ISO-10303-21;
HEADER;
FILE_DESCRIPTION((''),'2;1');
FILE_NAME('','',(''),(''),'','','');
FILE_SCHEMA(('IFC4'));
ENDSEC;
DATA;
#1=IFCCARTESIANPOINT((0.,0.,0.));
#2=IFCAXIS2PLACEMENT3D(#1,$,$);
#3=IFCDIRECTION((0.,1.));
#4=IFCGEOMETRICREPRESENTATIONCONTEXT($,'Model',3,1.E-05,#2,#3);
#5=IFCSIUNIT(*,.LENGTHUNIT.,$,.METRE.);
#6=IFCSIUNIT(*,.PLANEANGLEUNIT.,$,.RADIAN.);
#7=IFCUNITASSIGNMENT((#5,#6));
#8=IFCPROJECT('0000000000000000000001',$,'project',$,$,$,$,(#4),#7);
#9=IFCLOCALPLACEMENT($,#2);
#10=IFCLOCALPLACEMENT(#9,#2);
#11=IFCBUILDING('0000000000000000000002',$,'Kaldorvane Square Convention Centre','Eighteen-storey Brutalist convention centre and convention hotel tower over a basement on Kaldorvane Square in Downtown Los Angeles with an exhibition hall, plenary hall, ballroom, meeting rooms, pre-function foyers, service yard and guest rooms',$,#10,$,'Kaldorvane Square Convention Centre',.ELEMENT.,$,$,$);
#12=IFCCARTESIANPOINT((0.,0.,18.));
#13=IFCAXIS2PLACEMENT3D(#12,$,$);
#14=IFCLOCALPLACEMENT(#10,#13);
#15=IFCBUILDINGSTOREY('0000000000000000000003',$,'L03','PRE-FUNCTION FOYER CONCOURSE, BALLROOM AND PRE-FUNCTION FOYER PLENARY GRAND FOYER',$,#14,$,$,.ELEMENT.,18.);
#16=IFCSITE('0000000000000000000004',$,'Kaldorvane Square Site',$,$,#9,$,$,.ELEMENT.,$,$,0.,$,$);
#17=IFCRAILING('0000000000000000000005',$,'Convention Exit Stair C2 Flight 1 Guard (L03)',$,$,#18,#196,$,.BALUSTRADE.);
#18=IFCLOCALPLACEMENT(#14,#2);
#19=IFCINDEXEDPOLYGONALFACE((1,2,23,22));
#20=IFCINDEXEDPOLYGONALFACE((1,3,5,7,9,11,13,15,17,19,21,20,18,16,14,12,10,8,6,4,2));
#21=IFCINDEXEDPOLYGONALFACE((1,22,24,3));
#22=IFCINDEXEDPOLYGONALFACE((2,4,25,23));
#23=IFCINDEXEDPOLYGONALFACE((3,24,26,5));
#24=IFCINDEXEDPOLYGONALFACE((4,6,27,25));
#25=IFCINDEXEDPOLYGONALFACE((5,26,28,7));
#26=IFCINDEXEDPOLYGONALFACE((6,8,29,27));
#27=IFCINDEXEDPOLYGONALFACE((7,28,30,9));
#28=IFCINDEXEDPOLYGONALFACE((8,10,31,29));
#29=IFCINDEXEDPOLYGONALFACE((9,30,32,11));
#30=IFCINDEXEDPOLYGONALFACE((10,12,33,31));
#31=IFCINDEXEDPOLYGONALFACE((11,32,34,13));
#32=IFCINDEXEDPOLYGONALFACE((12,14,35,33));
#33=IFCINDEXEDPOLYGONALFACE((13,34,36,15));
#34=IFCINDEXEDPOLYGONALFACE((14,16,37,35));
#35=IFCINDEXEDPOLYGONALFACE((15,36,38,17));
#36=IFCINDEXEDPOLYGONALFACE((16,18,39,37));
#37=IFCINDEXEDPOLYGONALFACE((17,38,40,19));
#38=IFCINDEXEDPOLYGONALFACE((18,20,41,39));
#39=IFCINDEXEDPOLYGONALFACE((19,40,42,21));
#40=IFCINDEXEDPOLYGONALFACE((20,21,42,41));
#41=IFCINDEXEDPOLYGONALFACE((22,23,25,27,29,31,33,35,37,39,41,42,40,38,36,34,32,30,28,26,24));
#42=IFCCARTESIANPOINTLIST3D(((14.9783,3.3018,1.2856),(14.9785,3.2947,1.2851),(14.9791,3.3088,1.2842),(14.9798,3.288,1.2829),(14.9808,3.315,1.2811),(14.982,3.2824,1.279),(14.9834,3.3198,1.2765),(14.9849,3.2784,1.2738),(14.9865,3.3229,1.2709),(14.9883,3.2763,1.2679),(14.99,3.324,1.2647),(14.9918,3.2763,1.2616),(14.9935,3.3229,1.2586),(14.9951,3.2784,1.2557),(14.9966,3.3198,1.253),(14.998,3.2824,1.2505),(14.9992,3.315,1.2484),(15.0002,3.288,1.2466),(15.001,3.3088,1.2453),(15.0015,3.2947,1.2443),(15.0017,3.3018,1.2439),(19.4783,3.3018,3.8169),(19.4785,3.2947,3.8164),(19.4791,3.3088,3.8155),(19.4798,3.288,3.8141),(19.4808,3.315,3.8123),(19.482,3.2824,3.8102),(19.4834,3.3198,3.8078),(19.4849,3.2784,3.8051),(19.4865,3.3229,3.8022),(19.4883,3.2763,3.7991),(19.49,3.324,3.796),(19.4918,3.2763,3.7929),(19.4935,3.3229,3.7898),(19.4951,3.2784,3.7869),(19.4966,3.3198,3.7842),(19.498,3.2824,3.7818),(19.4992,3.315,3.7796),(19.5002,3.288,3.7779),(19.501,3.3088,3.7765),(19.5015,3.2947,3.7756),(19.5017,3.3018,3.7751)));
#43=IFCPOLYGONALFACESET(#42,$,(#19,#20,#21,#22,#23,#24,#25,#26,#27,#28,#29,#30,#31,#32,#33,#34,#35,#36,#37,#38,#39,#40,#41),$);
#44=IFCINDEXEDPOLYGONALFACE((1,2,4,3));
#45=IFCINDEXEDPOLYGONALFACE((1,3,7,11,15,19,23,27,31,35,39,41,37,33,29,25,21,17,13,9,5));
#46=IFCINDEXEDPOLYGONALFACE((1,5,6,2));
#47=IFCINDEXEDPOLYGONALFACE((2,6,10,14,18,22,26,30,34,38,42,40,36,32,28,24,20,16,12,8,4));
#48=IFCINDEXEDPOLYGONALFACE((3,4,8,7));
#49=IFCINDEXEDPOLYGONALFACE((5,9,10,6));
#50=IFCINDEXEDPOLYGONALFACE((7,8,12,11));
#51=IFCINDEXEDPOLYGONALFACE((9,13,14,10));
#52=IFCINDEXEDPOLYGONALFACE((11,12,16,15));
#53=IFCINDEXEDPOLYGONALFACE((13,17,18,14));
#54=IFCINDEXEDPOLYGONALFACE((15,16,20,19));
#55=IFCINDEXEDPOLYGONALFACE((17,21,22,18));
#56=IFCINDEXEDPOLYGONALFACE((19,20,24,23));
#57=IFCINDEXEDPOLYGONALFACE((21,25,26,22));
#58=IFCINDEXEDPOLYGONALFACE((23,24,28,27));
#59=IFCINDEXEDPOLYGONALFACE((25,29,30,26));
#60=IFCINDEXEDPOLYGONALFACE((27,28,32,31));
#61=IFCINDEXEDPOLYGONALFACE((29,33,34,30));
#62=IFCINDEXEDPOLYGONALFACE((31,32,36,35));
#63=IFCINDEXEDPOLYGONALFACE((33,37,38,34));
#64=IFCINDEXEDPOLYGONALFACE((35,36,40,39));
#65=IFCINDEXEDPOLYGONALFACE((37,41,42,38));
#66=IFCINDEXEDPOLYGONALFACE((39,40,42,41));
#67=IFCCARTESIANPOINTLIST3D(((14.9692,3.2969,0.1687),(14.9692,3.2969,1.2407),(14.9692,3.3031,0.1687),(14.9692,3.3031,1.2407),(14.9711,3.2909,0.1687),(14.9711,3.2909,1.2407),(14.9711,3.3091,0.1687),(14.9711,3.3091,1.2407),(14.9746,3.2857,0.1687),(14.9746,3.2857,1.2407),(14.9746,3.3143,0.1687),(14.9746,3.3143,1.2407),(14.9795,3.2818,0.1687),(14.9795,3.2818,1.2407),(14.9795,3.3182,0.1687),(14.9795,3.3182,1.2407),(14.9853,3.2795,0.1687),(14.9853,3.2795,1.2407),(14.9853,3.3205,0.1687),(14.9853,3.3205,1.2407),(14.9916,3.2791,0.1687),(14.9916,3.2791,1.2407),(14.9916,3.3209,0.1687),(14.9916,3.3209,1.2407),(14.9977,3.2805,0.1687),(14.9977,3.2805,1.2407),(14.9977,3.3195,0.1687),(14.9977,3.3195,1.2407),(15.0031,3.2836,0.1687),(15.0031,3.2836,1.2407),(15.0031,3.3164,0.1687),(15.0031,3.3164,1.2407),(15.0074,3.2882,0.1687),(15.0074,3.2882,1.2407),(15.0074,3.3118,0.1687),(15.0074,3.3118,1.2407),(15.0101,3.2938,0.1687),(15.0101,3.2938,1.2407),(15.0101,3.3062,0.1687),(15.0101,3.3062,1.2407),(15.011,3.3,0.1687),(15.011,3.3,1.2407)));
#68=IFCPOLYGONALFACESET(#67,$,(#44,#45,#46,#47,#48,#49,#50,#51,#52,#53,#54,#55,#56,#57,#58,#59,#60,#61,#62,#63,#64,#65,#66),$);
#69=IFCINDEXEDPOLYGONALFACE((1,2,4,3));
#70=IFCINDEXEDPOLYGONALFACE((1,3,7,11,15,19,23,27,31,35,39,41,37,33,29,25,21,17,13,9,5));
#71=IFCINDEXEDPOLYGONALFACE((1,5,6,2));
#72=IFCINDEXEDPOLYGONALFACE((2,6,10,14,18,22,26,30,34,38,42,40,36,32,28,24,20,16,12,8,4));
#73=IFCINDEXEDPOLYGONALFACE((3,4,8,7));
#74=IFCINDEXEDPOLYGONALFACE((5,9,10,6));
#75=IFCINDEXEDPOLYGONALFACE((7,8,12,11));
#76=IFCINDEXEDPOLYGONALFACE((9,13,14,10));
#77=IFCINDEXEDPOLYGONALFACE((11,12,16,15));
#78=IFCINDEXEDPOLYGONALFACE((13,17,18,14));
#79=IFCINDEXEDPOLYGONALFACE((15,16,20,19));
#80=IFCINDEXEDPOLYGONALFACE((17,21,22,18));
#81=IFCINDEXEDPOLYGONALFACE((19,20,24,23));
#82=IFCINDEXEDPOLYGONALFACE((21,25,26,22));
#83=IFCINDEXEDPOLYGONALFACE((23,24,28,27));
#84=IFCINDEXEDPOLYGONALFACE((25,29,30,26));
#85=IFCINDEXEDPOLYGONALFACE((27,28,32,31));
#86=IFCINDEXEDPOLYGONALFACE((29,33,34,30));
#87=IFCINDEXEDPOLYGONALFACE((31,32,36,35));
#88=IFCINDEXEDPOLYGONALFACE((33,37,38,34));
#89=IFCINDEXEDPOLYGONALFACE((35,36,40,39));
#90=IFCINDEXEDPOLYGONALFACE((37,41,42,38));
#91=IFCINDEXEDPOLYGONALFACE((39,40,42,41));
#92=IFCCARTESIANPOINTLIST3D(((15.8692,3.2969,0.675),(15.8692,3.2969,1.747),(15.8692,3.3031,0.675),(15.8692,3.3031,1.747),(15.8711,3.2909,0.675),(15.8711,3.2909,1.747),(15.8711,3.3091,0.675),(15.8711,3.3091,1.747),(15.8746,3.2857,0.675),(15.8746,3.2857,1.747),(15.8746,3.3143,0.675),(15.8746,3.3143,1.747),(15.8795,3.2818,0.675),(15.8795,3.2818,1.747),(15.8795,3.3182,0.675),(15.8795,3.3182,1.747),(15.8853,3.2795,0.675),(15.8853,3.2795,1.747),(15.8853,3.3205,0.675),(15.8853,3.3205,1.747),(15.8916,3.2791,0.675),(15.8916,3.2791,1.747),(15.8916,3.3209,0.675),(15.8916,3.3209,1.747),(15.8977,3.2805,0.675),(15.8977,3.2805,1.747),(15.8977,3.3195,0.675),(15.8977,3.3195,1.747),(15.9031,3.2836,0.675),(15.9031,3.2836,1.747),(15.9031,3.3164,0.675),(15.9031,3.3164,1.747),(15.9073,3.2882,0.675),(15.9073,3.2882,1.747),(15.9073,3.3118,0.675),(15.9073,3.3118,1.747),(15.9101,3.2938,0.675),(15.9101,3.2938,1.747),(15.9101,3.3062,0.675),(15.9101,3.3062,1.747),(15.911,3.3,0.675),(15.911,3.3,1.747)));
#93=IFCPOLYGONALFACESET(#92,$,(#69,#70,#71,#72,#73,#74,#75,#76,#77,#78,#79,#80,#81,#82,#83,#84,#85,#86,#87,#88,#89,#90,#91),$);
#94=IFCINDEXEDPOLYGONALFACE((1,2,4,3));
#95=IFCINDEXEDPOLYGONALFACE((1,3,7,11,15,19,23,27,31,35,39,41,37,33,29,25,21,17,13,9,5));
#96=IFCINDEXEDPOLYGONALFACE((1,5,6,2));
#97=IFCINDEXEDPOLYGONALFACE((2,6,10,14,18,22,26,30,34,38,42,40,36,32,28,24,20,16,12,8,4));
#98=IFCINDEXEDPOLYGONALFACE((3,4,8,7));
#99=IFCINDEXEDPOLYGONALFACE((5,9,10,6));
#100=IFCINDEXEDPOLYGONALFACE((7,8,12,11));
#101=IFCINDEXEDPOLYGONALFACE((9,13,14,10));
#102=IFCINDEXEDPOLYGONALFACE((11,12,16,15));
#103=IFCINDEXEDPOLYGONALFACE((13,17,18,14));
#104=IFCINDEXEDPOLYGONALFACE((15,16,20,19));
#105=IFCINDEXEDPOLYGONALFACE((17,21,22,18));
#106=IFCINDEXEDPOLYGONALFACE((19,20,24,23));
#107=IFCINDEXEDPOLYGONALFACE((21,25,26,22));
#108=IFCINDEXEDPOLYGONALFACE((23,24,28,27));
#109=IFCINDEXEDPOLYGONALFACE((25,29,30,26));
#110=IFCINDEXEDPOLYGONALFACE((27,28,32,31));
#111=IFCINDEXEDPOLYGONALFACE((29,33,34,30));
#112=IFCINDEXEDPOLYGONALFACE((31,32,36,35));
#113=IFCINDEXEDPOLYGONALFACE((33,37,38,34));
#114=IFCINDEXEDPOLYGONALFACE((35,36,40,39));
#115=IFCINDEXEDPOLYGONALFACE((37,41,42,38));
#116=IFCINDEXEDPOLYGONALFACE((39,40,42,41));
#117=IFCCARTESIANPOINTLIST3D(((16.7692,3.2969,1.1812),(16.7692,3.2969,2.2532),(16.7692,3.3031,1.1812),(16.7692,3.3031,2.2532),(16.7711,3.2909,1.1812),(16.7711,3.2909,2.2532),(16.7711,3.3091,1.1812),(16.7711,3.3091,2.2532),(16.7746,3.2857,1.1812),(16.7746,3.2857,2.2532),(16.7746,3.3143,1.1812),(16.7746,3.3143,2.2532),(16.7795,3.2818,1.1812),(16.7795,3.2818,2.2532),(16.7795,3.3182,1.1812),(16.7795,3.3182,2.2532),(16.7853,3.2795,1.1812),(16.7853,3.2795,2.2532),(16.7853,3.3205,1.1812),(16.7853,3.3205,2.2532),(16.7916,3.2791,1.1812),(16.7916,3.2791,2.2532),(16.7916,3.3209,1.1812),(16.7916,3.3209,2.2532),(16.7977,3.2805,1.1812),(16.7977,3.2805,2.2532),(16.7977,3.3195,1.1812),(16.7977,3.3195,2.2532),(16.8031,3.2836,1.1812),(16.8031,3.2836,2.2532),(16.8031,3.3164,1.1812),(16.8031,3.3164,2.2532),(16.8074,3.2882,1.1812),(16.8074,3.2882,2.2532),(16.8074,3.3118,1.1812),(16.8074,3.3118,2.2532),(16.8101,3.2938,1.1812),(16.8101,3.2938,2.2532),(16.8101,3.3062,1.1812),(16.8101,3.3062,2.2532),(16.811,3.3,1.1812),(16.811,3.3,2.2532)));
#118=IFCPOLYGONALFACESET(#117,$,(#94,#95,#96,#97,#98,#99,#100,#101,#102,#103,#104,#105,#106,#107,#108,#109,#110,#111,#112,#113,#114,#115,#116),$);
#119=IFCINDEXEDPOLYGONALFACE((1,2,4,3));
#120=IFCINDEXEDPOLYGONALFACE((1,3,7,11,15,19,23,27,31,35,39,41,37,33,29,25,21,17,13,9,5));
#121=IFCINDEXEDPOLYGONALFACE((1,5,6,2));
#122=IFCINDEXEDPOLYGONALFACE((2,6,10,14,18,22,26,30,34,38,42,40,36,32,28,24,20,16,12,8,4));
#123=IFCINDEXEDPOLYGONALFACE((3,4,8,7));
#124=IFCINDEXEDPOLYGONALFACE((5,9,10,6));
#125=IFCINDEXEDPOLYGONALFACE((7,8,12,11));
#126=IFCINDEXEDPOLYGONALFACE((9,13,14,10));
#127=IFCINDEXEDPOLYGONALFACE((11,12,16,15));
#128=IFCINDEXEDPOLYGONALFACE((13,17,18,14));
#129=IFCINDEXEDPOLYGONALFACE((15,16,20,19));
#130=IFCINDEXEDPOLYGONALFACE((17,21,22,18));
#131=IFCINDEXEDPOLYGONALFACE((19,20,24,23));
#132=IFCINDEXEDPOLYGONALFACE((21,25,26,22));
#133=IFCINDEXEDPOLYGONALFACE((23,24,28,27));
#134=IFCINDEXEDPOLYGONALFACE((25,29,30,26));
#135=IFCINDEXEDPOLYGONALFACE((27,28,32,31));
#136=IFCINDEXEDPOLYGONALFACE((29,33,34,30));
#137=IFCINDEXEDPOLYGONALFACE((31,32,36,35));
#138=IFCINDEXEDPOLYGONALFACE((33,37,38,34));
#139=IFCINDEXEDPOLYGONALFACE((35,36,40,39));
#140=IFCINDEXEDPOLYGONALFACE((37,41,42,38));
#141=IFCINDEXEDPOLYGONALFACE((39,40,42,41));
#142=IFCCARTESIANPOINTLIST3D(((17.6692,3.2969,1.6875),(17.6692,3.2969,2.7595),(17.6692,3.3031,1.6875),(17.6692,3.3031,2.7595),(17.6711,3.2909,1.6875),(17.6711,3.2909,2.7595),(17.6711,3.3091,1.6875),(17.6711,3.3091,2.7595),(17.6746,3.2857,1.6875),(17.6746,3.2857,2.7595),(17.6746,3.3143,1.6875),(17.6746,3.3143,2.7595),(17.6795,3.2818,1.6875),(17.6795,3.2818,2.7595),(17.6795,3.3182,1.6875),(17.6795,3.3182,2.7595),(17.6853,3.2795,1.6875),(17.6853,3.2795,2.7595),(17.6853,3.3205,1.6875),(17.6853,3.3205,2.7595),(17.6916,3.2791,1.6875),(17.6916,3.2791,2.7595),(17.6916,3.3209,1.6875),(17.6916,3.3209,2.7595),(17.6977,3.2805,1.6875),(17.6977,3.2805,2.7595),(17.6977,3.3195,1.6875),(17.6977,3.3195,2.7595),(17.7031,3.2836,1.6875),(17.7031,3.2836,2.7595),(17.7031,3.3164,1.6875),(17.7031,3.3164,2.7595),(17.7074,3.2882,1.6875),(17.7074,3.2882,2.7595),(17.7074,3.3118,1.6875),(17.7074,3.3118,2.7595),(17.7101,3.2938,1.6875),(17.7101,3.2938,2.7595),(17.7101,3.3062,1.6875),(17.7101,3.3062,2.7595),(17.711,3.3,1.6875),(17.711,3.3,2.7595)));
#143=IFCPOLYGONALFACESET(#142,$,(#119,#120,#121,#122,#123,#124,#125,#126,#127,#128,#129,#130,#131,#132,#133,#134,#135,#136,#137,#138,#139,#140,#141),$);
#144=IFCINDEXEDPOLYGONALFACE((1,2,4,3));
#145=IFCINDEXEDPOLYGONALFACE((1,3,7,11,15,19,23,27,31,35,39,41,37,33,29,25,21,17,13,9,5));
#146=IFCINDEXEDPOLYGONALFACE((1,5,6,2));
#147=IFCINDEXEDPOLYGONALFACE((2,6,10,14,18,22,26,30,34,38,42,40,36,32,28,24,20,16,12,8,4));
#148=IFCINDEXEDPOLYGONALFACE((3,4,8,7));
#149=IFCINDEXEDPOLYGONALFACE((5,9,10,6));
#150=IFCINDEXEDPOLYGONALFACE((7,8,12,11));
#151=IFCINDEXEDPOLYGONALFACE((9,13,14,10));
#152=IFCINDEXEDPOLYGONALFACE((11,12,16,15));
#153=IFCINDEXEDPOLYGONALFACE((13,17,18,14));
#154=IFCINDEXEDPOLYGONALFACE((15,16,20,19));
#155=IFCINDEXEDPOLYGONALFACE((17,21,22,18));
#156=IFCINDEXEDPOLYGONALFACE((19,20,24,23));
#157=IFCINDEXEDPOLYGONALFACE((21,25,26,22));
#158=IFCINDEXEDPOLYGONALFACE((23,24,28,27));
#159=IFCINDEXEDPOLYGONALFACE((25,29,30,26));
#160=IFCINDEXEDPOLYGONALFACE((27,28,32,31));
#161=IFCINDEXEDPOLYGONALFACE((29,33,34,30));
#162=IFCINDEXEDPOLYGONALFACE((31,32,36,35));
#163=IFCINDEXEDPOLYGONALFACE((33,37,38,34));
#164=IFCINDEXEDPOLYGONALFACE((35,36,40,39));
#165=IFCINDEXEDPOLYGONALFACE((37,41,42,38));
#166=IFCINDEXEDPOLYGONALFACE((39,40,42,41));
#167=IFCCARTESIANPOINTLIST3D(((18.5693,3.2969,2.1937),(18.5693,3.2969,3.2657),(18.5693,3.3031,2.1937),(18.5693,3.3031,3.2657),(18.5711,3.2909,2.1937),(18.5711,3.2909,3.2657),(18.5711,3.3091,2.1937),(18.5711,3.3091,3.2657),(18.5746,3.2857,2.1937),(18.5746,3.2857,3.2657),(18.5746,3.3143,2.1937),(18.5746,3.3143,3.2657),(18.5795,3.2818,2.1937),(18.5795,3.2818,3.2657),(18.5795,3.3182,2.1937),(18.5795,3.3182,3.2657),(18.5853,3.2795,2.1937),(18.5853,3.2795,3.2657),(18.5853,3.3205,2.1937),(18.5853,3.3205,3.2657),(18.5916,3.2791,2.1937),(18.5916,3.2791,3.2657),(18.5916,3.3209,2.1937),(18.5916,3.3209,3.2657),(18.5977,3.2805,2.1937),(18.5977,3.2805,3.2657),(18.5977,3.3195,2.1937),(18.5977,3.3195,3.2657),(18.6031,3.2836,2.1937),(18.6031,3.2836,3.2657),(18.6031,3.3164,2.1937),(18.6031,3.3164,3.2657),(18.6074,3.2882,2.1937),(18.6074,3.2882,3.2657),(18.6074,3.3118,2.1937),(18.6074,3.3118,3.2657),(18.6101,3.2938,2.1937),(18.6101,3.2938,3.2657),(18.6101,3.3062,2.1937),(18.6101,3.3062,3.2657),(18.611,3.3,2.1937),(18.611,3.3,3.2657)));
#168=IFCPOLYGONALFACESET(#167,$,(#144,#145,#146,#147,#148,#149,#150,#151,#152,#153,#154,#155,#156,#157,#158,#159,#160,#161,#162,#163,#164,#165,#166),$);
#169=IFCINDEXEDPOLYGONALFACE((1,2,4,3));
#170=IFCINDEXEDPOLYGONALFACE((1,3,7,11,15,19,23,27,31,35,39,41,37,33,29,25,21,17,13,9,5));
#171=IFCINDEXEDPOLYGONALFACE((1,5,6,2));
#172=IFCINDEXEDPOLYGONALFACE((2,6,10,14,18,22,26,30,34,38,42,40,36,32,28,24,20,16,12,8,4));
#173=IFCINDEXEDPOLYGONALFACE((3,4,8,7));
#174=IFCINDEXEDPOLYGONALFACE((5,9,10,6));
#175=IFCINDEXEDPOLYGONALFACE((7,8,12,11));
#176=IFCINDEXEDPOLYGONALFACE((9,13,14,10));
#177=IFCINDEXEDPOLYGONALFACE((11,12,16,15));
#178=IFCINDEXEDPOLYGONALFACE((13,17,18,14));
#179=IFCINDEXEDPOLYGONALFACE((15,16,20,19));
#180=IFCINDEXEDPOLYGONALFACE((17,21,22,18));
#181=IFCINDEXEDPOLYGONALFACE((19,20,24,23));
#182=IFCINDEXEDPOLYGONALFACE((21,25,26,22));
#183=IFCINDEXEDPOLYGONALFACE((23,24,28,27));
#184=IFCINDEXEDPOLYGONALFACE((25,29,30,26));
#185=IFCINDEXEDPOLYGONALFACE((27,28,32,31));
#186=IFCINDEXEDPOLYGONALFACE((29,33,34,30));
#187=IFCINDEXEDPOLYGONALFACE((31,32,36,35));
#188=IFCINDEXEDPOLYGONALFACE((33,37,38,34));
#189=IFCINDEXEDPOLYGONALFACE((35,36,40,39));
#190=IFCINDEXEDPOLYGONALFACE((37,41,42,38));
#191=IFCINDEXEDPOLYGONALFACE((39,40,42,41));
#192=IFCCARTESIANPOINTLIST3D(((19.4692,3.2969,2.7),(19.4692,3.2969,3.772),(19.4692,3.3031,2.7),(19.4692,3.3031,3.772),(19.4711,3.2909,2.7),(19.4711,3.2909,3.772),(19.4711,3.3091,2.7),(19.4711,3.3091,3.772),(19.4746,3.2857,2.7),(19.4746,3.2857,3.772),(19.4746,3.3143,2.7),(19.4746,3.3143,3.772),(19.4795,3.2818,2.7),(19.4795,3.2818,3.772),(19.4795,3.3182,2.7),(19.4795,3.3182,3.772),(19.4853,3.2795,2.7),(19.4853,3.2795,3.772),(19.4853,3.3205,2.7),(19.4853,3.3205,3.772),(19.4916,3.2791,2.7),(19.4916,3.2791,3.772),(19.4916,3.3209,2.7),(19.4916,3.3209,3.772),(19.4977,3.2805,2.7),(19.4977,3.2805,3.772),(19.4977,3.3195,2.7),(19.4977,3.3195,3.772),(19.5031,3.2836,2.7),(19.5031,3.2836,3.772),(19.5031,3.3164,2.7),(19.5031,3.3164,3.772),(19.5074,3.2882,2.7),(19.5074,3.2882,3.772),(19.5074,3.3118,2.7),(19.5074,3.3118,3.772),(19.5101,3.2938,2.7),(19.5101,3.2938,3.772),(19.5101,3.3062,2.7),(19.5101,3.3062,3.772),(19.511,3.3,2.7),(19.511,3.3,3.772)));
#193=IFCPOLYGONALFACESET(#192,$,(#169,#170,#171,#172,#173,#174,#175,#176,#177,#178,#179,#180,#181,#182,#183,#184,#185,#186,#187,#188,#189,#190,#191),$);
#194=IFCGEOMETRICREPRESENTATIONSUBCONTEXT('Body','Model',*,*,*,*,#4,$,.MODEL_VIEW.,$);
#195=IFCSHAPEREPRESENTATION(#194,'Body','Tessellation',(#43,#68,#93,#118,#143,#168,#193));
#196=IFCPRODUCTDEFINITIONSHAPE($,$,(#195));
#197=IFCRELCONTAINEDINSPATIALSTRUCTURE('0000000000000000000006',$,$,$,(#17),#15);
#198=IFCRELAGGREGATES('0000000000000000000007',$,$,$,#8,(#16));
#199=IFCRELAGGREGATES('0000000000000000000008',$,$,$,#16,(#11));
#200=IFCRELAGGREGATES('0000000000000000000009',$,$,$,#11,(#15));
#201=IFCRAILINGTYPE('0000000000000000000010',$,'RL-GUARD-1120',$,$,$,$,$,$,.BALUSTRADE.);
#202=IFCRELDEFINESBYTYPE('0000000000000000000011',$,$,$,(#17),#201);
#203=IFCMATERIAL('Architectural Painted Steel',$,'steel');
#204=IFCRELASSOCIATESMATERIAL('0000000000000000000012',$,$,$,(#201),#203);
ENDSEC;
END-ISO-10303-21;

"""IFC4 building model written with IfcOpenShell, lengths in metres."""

from ifc_helpers import new_model, si_unit, direction, frame, origin, origin_2d, place, context, subcontext, project, spatial, circle, extrude, material, type_object, element, save


model = new_model("IFC4")

# Units and contexts
model_context = context("Model", 3, precision=1e-05, world=origin(), true_north=direction((0.0, 1.0)))
body_context = subcontext(model_context, "Body", "Model", "MODEL_VIEW")
ifc_project = project(units=[si_unit("LENGTHUNIT", "METRE"), si_unit("PLANEANGLEUNIT", "RADIAN")], contexts=[model_context])

# Site, building, storey
site_placement = place(None, origin())
site = spatial("IfcSite", under=ifc_project, at=site_placement, Name="Kaldorvane Square Site", CompositionType="ELEMENT", RefElevation=0.0)
building_placement = place(site_placement, origin())
building = spatial("IfcBuilding", under=site, at=building_placement, Name="Kaldorvane Square Convention Centre", Description="Eighteen-storey Brutalist convention centre and convention hotel tower over a basement on Kaldorvane Square in Downtown Los Angeles with an exhibition hall, plenary hall, ballroom, meeting rooms, pre-function foyers, service yard and guest rooms", LongName="Kaldorvane Square Convention Centre", CompositionType="ELEMENT")
storey_placement = place(building_placement, frame((0.0, 0.0, 18.0)))
storey = spatial("IfcBuildingStorey", under=building, at=storey_placement, Name="L03", Description="PRE-FUNCTION FOYER CONCOURSE, BALLROOM AND PRE-FUNCTION FOYER PLENARY GRAND FOYER", CompositionType="ELEMENT", Elevation=18.0)

# Railing
ifc_material_1 = material(Name="Architectural Painted Steel", Category="steel")
railing_type_1 = type_object("IfcRailingType", Name="RL-GUARD-1120", PredefinedType="BALUSTRADE", material=ifc_material_1)
railing_1_placement = place(storey_placement, frame((14.99, 3.3, 0.1687)))
element("IfcRailing", 1, at=railing_1_placement, inside=storey, type_object=railing_type_1, Name="Convention Exit Stair C2 Flight 1 Guard (L03)", PredefinedType="BALUSTRADE", context=body_context, shape_type="SweptSolid", body=[
    extrude(circle(Radius=0.024, at=origin_2d()), frame((0.0, 0.0, 1.096), z_axis=(0.871576, 0.0, 0.490261), x_axis=(0.0, 1.0, 0.0)), (0.0, 0.0, 1.0), 5.1631),
    extrude(circle(Radius=0.021, at=origin_2d()), origin(), (0.0, 0.0, 1.0), 1.072),
    extrude(circle(Radius=0.021, at=origin_2d()), frame((0.9, 0.0, 0.5063)), (0.0, 0.0, 1.0), 1.072),
    extrude(circle(Radius=0.021, at=origin_2d()), frame((1.8, 0.0, 1.0125)), (0.0, 0.0, 1.0), 1.072),
    extrude(circle(Radius=0.021, at=origin_2d()), frame((2.7, 0.0, 1.5188)), (0.0, 0.0, 1.0), 1.072),
    extrude(circle(Radius=0.021, at=origin_2d()), frame((3.6, 0.0, 2.025)), (0.0, 0.0, 1.0), 1.072),
    extrude(circle(Radius=0.021, at=origin_2d()), frame((4.5, 0.0, 2.5312)), (0.0, 0.0, 1.0), 1.072),
])

save(model, "model.ifc")
